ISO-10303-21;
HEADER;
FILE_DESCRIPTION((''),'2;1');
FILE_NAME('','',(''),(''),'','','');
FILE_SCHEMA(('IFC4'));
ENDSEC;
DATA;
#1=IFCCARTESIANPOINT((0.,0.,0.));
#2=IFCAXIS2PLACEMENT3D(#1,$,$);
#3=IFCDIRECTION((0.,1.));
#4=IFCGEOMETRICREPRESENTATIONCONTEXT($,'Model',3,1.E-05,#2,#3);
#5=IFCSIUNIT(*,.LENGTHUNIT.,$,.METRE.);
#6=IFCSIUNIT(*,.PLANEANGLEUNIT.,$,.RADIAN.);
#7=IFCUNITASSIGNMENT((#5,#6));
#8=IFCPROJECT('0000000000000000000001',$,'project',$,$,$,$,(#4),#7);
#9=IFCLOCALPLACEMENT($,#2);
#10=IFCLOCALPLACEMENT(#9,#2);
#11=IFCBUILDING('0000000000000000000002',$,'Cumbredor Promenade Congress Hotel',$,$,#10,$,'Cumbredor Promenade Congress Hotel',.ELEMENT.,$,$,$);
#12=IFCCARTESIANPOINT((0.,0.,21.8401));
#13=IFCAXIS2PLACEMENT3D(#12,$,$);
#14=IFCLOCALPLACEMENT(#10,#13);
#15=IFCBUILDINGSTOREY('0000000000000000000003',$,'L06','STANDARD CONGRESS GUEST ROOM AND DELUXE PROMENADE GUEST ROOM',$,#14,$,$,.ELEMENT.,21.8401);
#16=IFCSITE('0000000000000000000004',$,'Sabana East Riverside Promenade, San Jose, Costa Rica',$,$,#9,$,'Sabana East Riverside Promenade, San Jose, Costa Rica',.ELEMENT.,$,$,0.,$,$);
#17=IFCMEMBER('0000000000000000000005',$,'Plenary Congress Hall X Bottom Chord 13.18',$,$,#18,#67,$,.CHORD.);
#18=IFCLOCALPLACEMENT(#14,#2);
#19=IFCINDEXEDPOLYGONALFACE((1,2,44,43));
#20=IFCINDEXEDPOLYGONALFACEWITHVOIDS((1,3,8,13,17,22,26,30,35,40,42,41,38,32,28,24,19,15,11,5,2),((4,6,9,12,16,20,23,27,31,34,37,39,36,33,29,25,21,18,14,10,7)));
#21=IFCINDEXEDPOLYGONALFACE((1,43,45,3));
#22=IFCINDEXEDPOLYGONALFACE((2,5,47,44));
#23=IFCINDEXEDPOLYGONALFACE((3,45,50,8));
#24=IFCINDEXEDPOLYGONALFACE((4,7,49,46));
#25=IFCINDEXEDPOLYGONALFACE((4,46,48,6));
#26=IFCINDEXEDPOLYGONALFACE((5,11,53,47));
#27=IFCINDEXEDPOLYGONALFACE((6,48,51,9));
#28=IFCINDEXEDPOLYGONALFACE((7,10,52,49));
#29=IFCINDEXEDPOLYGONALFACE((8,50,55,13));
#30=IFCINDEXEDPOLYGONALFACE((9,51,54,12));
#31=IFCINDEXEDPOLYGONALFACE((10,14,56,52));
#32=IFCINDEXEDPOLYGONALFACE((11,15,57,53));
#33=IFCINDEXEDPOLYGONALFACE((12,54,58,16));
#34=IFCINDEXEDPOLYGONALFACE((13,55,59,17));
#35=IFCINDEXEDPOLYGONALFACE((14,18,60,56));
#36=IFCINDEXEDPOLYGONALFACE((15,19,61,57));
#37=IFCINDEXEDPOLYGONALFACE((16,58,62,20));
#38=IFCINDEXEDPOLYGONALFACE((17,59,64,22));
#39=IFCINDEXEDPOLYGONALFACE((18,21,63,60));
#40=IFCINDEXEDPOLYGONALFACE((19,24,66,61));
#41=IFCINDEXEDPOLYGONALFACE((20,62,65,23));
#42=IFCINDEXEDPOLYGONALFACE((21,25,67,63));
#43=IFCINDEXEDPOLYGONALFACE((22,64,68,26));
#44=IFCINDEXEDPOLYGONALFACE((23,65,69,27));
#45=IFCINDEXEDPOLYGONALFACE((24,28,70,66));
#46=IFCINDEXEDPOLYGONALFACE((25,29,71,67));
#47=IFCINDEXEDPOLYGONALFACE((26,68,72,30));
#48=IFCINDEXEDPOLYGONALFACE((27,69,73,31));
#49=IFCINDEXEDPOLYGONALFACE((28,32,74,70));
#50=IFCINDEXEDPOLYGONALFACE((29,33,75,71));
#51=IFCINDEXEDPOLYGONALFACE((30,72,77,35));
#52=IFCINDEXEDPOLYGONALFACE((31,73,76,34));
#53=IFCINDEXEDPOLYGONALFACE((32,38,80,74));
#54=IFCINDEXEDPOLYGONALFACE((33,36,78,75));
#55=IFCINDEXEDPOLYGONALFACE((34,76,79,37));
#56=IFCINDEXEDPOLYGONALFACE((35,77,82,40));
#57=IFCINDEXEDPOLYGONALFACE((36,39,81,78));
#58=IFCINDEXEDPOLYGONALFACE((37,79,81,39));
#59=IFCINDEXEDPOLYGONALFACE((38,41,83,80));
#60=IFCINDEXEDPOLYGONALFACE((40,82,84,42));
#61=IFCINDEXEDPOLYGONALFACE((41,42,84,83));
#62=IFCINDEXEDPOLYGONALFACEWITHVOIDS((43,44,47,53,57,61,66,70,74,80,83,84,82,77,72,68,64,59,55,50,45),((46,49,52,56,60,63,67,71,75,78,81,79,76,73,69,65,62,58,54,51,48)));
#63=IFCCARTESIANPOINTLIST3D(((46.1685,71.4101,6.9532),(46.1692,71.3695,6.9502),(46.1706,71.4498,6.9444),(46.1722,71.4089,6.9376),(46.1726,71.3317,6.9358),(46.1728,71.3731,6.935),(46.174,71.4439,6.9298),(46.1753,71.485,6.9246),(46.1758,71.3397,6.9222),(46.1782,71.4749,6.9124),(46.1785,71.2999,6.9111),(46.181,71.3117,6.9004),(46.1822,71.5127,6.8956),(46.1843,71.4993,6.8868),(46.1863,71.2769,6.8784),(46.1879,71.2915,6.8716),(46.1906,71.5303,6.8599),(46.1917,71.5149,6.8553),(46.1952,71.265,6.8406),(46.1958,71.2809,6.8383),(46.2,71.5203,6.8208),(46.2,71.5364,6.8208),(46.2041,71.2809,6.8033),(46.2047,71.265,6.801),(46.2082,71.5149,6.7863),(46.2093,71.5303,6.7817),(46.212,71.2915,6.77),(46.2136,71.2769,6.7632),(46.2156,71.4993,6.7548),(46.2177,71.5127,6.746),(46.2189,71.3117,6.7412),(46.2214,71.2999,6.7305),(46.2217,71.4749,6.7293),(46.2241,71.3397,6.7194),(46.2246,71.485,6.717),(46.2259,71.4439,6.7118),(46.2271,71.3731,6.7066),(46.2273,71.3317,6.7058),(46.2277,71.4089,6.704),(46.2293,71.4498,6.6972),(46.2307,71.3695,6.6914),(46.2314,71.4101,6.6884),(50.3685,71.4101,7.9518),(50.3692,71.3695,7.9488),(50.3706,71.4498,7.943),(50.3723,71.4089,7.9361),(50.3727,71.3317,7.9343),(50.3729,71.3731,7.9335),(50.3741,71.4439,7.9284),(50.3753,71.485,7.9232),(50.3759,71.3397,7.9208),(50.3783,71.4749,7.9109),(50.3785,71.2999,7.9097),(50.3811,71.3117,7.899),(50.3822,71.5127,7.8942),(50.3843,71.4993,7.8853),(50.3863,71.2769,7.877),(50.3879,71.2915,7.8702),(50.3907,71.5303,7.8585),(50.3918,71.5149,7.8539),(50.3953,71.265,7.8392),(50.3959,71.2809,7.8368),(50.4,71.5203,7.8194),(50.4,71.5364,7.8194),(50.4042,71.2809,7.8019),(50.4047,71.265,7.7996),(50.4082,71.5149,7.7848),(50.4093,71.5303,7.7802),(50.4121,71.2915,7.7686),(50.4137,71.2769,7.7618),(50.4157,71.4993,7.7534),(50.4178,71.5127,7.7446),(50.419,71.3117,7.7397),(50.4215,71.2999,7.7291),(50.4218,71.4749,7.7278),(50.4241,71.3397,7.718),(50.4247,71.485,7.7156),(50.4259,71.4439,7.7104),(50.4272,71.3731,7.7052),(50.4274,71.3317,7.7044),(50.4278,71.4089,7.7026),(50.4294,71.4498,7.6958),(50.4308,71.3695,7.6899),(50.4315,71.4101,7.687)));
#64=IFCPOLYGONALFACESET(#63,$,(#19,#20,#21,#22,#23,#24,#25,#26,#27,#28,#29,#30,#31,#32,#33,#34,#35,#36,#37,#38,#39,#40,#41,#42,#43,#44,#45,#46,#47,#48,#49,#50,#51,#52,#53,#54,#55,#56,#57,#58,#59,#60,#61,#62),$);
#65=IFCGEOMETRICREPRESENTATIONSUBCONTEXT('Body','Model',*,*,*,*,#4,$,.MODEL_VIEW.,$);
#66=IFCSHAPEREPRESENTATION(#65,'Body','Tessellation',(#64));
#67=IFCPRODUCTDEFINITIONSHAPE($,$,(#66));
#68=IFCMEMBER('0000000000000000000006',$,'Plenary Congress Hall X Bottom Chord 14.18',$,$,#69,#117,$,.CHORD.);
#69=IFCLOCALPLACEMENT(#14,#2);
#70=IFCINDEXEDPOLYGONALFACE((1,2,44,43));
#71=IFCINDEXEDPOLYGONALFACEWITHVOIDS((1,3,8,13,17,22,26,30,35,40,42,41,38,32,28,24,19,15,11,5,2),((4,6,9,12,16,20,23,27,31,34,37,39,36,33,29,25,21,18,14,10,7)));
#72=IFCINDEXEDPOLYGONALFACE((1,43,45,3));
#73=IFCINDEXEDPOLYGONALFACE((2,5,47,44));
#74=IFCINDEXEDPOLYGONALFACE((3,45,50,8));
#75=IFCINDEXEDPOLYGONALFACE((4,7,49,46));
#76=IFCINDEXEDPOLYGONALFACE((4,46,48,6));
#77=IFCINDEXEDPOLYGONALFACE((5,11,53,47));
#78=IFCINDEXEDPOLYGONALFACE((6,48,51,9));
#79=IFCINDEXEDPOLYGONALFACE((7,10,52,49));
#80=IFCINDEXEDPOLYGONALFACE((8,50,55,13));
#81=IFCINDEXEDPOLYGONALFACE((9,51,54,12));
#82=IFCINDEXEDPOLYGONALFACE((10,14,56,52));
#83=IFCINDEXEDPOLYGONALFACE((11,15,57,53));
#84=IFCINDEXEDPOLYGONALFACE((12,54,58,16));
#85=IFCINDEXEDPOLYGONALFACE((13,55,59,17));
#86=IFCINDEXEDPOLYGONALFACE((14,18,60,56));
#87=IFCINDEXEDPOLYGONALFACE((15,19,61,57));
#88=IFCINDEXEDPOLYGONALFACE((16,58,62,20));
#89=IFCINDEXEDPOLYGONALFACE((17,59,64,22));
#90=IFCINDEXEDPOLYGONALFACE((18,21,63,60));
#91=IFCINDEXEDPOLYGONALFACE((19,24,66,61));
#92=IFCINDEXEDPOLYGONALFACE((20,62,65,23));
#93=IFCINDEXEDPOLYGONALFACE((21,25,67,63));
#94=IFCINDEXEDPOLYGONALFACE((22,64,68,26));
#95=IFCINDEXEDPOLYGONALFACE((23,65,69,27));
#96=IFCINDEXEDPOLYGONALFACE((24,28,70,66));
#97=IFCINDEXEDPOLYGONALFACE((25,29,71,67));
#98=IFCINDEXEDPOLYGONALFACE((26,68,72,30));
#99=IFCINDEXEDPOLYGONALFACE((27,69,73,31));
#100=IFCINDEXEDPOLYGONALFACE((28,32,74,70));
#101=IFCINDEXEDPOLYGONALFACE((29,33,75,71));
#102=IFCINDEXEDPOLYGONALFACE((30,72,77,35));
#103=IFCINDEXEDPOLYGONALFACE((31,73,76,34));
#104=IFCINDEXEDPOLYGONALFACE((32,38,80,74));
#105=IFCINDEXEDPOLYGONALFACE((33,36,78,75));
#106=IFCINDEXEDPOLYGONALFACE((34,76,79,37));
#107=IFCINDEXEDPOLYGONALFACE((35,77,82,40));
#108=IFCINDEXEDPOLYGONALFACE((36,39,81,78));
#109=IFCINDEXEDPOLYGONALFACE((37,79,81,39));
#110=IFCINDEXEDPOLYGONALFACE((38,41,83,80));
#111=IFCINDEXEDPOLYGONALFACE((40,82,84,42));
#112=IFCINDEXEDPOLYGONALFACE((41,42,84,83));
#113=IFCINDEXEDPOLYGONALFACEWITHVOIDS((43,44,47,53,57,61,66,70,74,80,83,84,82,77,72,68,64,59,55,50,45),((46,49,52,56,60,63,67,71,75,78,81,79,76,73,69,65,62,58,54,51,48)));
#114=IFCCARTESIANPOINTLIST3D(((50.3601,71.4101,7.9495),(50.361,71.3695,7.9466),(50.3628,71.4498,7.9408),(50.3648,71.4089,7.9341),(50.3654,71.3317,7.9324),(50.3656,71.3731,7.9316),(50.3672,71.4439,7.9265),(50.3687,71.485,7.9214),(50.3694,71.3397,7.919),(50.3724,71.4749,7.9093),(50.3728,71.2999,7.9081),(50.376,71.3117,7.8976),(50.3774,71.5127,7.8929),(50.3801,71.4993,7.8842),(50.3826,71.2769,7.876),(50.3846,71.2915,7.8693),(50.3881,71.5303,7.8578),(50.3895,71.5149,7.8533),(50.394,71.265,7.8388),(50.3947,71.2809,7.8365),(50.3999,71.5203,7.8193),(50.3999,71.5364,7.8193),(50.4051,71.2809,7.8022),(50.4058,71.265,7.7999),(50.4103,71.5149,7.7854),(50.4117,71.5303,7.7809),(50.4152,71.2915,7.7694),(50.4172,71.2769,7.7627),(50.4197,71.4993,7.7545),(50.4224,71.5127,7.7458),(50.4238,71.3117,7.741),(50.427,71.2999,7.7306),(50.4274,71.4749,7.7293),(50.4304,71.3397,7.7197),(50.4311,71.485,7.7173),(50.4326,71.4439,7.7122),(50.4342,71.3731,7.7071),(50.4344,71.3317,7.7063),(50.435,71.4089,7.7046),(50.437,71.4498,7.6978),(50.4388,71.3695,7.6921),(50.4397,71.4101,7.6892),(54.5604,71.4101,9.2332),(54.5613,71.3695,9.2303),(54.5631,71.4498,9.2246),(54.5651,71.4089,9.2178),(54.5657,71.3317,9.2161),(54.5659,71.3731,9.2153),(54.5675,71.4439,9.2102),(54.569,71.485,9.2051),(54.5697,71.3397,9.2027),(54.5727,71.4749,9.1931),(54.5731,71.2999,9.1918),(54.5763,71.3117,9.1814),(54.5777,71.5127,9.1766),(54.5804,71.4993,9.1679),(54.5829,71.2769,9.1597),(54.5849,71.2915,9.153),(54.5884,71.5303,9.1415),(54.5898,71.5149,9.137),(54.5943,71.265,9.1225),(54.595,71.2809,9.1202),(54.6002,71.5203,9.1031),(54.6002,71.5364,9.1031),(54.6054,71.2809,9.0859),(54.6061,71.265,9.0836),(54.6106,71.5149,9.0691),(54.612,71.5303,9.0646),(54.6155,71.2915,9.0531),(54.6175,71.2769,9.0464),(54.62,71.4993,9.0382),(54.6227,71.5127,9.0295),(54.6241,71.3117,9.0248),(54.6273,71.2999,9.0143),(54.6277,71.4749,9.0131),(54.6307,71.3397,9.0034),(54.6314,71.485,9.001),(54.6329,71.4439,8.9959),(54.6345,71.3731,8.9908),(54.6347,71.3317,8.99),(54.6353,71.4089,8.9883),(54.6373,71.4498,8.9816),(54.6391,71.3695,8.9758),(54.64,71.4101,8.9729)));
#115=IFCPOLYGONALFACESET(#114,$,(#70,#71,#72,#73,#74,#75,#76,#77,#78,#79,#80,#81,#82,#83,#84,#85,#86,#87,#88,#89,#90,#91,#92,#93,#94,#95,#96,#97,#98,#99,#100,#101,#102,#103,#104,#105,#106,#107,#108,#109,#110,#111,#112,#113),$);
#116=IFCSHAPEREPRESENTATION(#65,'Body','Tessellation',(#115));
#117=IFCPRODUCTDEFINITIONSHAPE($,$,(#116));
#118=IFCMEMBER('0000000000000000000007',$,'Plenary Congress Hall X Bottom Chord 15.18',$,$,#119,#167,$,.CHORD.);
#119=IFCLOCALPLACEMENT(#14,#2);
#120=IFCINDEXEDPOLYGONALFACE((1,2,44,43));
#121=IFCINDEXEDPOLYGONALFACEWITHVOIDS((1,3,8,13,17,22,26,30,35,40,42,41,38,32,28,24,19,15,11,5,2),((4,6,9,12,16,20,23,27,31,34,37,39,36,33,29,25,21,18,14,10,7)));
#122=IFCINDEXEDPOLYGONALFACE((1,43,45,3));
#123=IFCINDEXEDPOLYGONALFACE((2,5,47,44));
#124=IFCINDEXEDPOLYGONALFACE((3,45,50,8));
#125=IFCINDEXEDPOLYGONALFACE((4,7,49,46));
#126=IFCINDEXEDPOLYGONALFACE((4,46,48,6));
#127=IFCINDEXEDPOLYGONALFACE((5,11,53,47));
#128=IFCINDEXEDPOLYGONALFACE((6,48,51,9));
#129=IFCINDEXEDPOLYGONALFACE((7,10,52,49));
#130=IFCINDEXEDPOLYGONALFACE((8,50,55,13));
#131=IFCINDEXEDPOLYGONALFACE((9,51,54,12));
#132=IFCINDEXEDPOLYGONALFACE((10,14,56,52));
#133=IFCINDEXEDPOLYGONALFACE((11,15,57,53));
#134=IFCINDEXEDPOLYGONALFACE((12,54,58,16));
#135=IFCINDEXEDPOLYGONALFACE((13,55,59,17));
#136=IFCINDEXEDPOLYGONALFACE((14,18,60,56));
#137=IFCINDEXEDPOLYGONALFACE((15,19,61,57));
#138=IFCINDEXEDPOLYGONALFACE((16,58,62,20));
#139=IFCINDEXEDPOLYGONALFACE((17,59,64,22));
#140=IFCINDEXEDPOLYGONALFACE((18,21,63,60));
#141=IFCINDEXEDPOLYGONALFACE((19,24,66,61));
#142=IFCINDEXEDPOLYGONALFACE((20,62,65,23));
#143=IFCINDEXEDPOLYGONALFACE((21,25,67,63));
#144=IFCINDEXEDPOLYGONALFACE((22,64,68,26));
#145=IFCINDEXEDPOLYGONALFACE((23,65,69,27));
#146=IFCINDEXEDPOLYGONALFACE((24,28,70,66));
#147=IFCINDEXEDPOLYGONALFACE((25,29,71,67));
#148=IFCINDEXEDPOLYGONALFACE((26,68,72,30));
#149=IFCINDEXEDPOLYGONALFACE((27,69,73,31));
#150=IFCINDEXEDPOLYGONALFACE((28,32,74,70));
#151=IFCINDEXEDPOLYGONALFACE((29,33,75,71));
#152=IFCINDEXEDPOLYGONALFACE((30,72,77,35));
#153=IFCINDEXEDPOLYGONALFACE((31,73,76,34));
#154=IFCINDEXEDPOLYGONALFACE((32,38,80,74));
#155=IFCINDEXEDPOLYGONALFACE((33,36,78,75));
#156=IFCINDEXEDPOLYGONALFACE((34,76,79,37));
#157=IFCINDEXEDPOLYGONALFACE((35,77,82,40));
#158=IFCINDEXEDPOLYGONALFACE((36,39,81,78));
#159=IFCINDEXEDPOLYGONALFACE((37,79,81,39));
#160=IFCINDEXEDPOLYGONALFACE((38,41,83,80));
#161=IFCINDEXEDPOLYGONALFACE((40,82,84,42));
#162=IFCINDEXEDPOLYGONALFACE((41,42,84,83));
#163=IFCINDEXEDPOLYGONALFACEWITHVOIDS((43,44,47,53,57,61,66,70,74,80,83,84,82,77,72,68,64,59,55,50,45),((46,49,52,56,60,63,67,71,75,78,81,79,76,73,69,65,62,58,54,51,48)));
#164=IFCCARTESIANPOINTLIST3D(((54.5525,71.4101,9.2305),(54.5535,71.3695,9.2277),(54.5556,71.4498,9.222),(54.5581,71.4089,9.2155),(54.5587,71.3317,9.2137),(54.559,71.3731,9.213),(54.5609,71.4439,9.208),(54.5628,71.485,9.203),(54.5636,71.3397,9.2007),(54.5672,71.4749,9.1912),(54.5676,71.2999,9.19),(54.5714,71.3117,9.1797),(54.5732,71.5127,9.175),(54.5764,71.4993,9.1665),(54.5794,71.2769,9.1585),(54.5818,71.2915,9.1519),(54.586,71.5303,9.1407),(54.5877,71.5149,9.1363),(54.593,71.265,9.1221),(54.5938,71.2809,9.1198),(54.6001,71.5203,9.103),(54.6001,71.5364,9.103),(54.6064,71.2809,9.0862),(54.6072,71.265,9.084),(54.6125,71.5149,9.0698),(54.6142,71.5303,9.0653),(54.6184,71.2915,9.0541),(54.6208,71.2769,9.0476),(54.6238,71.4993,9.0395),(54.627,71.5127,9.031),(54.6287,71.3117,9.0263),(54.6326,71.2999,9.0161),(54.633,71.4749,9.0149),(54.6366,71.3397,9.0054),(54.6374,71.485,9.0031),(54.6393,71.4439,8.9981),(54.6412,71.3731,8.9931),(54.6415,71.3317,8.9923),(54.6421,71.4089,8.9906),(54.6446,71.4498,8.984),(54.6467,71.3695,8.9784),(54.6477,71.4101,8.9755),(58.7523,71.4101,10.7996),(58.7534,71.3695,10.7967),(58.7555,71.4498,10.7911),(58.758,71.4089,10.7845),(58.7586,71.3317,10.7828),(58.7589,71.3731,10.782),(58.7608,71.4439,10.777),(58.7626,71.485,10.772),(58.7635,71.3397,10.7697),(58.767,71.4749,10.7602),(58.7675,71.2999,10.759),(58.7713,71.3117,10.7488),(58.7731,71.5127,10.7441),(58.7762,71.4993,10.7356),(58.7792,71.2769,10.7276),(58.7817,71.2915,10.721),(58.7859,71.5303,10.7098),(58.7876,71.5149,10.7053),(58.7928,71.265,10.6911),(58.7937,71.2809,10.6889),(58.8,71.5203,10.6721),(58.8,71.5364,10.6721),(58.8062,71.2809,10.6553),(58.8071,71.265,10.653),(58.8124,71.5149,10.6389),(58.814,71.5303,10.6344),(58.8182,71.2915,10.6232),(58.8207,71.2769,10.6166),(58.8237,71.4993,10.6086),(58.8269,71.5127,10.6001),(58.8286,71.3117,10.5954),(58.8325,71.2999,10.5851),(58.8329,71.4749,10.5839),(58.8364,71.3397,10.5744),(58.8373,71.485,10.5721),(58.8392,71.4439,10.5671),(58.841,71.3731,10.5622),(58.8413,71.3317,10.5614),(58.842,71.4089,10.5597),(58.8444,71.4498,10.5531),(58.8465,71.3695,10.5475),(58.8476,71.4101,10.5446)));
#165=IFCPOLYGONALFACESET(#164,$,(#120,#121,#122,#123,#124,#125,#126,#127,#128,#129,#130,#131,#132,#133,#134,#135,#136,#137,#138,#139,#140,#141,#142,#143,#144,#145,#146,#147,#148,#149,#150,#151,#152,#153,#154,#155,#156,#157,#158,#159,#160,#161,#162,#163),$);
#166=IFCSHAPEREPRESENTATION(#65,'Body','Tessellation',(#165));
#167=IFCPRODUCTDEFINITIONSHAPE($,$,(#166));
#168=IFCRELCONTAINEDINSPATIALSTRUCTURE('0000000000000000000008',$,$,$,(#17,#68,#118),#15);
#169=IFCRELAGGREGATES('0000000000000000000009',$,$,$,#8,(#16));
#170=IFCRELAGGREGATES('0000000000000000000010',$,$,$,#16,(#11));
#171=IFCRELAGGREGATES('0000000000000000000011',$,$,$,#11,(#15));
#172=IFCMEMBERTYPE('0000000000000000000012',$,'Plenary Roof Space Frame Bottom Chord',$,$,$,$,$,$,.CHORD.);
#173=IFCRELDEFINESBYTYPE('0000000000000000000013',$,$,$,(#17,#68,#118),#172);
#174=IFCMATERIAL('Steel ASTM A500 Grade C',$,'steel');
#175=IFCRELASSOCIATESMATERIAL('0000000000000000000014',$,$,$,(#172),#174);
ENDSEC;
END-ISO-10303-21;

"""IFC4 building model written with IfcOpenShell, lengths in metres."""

from ifc_helpers import new_model, si_unit, direction, frame, origin, origin_2d, place, context, subcontext, project, spatial, hollow_circle, extrude, material, material_profile, profile_set, type_object, element, save


model = new_model("IFC4")

# Units and contexts
model_context = context("Model", 3, precision=1e-05, world=origin(), true_north=direction((0.0, 1.0)))
body_context = subcontext(model_context, "Body", "Model", "MODEL_VIEW")
ifc_project = project(units=[si_unit("LENGTHUNIT", "METRE"), si_unit("PLANEANGLEUNIT", "RADIAN")], contexts=[model_context])

# Site, building, storey
site_placement = place(None, origin())
site = spatial("IfcSite", under=ifc_project, at=site_placement, Name="Sabana East Riverside Promenade, San Jose, Costa Rica", LongName="Sabana East Riverside Promenade, San Jose, Costa Rica", CompositionType="ELEMENT", RefElevation=0.0)
building_placement = place(site_placement, origin())
building = spatial("IfcBuilding", under=site, at=building_placement, Name="Cumbredor Promenade Congress Hotel", LongName="Cumbredor Promenade Congress Hotel", CompositionType="ELEMENT")
storey_placement = place(building_placement, frame((0.0, 0.0, 21.8401)))
storey = spatial("IfcBuildingStorey", under=building, at=storey_placement, Name="L06", Description="STANDARD CONGRESS GUEST ROOM AND DELUXE PROMENADE GUEST ROOM", CompositionType="ELEMENT", Elevation=21.8401)

# Members
ifc_material_1 = material(Name="Steel ASTM A500 Grade C", Category="steel")
ifc_material_profile_1 = material_profile(ifc_material_1, hollow_circle(Radius=0.1365, WallThickness=0.0161, at=origin_2d()), Name="CHS 273.0x16")
ifc_profile_set_1 = profile_set([ifc_material_profile_1], Name="Steel ASTM A500 Grade C")
member_type_1 = type_object("IfcMemberType", Name="Plenary Roof Space Frame Bottom Chord", PredefinedType="CHORD", material=ifc_profile_set_1)
member_1_placement = place(storey_placement, frame((46.2, 71.3999, 6.8208), z_axis=(0.972882, 0.0, 0.231302), x_axis=(0.0, 1.0, 0.0)))
element("IfcMember", 1, at=member_1_placement, inside=storey, type_object=member_type_1, Name="Plenary Congress Hall X Bottom Chord 13.18", PredefinedType="CHORD", context=body_context, shape_type="SweptSolid", body=[
    extrude(hollow_circle(Radius=0.1365, WallThickness=0.0161, at=origin_2d()), origin(), (0.0, 0.0, 1.0), 4.3171),
])
member_2_placement = place(storey_placement, frame((50.3999, 71.3999, 7.8193), z_axis=(0.956333, 0.0, 0.292281), x_axis=(0.0, 1.0, 0.0)))
element("IfcMember", 2, at=member_2_placement, inside=storey, type_object=member_type_1, Name="Plenary Congress Hall X Bottom Chord 14.18", PredefinedType="CHORD", context=body_context, shape_type="SweptSolid", body=[
    extrude(hollow_circle(Radius=0.1365, WallThickness=0.0161, at=origin_2d()), origin(), (0.0, 0.0, 1.0), 4.3921),
])
member_3_placement = place(storey_placement, frame((54.6001, 71.3999, 9.103), z_axis=(0.93676, 0.0, 0.349971), x_axis=(0.0, 1.0, 0.0)))
element("IfcMember", 3, at=member_3_placement, inside=storey, type_object=member_type_1, Name="Plenary Congress Hall X Bottom Chord 15.18", PredefinedType="CHORD", context=body_context, shape_type="SweptSolid", body=[
    extrude(hollow_circle(Radius=0.1365, WallThickness=0.0161, at=origin_2d()), origin(), (0.0, 0.0, 1.0), 4.4834),
])

save(model, "model.ifc")
